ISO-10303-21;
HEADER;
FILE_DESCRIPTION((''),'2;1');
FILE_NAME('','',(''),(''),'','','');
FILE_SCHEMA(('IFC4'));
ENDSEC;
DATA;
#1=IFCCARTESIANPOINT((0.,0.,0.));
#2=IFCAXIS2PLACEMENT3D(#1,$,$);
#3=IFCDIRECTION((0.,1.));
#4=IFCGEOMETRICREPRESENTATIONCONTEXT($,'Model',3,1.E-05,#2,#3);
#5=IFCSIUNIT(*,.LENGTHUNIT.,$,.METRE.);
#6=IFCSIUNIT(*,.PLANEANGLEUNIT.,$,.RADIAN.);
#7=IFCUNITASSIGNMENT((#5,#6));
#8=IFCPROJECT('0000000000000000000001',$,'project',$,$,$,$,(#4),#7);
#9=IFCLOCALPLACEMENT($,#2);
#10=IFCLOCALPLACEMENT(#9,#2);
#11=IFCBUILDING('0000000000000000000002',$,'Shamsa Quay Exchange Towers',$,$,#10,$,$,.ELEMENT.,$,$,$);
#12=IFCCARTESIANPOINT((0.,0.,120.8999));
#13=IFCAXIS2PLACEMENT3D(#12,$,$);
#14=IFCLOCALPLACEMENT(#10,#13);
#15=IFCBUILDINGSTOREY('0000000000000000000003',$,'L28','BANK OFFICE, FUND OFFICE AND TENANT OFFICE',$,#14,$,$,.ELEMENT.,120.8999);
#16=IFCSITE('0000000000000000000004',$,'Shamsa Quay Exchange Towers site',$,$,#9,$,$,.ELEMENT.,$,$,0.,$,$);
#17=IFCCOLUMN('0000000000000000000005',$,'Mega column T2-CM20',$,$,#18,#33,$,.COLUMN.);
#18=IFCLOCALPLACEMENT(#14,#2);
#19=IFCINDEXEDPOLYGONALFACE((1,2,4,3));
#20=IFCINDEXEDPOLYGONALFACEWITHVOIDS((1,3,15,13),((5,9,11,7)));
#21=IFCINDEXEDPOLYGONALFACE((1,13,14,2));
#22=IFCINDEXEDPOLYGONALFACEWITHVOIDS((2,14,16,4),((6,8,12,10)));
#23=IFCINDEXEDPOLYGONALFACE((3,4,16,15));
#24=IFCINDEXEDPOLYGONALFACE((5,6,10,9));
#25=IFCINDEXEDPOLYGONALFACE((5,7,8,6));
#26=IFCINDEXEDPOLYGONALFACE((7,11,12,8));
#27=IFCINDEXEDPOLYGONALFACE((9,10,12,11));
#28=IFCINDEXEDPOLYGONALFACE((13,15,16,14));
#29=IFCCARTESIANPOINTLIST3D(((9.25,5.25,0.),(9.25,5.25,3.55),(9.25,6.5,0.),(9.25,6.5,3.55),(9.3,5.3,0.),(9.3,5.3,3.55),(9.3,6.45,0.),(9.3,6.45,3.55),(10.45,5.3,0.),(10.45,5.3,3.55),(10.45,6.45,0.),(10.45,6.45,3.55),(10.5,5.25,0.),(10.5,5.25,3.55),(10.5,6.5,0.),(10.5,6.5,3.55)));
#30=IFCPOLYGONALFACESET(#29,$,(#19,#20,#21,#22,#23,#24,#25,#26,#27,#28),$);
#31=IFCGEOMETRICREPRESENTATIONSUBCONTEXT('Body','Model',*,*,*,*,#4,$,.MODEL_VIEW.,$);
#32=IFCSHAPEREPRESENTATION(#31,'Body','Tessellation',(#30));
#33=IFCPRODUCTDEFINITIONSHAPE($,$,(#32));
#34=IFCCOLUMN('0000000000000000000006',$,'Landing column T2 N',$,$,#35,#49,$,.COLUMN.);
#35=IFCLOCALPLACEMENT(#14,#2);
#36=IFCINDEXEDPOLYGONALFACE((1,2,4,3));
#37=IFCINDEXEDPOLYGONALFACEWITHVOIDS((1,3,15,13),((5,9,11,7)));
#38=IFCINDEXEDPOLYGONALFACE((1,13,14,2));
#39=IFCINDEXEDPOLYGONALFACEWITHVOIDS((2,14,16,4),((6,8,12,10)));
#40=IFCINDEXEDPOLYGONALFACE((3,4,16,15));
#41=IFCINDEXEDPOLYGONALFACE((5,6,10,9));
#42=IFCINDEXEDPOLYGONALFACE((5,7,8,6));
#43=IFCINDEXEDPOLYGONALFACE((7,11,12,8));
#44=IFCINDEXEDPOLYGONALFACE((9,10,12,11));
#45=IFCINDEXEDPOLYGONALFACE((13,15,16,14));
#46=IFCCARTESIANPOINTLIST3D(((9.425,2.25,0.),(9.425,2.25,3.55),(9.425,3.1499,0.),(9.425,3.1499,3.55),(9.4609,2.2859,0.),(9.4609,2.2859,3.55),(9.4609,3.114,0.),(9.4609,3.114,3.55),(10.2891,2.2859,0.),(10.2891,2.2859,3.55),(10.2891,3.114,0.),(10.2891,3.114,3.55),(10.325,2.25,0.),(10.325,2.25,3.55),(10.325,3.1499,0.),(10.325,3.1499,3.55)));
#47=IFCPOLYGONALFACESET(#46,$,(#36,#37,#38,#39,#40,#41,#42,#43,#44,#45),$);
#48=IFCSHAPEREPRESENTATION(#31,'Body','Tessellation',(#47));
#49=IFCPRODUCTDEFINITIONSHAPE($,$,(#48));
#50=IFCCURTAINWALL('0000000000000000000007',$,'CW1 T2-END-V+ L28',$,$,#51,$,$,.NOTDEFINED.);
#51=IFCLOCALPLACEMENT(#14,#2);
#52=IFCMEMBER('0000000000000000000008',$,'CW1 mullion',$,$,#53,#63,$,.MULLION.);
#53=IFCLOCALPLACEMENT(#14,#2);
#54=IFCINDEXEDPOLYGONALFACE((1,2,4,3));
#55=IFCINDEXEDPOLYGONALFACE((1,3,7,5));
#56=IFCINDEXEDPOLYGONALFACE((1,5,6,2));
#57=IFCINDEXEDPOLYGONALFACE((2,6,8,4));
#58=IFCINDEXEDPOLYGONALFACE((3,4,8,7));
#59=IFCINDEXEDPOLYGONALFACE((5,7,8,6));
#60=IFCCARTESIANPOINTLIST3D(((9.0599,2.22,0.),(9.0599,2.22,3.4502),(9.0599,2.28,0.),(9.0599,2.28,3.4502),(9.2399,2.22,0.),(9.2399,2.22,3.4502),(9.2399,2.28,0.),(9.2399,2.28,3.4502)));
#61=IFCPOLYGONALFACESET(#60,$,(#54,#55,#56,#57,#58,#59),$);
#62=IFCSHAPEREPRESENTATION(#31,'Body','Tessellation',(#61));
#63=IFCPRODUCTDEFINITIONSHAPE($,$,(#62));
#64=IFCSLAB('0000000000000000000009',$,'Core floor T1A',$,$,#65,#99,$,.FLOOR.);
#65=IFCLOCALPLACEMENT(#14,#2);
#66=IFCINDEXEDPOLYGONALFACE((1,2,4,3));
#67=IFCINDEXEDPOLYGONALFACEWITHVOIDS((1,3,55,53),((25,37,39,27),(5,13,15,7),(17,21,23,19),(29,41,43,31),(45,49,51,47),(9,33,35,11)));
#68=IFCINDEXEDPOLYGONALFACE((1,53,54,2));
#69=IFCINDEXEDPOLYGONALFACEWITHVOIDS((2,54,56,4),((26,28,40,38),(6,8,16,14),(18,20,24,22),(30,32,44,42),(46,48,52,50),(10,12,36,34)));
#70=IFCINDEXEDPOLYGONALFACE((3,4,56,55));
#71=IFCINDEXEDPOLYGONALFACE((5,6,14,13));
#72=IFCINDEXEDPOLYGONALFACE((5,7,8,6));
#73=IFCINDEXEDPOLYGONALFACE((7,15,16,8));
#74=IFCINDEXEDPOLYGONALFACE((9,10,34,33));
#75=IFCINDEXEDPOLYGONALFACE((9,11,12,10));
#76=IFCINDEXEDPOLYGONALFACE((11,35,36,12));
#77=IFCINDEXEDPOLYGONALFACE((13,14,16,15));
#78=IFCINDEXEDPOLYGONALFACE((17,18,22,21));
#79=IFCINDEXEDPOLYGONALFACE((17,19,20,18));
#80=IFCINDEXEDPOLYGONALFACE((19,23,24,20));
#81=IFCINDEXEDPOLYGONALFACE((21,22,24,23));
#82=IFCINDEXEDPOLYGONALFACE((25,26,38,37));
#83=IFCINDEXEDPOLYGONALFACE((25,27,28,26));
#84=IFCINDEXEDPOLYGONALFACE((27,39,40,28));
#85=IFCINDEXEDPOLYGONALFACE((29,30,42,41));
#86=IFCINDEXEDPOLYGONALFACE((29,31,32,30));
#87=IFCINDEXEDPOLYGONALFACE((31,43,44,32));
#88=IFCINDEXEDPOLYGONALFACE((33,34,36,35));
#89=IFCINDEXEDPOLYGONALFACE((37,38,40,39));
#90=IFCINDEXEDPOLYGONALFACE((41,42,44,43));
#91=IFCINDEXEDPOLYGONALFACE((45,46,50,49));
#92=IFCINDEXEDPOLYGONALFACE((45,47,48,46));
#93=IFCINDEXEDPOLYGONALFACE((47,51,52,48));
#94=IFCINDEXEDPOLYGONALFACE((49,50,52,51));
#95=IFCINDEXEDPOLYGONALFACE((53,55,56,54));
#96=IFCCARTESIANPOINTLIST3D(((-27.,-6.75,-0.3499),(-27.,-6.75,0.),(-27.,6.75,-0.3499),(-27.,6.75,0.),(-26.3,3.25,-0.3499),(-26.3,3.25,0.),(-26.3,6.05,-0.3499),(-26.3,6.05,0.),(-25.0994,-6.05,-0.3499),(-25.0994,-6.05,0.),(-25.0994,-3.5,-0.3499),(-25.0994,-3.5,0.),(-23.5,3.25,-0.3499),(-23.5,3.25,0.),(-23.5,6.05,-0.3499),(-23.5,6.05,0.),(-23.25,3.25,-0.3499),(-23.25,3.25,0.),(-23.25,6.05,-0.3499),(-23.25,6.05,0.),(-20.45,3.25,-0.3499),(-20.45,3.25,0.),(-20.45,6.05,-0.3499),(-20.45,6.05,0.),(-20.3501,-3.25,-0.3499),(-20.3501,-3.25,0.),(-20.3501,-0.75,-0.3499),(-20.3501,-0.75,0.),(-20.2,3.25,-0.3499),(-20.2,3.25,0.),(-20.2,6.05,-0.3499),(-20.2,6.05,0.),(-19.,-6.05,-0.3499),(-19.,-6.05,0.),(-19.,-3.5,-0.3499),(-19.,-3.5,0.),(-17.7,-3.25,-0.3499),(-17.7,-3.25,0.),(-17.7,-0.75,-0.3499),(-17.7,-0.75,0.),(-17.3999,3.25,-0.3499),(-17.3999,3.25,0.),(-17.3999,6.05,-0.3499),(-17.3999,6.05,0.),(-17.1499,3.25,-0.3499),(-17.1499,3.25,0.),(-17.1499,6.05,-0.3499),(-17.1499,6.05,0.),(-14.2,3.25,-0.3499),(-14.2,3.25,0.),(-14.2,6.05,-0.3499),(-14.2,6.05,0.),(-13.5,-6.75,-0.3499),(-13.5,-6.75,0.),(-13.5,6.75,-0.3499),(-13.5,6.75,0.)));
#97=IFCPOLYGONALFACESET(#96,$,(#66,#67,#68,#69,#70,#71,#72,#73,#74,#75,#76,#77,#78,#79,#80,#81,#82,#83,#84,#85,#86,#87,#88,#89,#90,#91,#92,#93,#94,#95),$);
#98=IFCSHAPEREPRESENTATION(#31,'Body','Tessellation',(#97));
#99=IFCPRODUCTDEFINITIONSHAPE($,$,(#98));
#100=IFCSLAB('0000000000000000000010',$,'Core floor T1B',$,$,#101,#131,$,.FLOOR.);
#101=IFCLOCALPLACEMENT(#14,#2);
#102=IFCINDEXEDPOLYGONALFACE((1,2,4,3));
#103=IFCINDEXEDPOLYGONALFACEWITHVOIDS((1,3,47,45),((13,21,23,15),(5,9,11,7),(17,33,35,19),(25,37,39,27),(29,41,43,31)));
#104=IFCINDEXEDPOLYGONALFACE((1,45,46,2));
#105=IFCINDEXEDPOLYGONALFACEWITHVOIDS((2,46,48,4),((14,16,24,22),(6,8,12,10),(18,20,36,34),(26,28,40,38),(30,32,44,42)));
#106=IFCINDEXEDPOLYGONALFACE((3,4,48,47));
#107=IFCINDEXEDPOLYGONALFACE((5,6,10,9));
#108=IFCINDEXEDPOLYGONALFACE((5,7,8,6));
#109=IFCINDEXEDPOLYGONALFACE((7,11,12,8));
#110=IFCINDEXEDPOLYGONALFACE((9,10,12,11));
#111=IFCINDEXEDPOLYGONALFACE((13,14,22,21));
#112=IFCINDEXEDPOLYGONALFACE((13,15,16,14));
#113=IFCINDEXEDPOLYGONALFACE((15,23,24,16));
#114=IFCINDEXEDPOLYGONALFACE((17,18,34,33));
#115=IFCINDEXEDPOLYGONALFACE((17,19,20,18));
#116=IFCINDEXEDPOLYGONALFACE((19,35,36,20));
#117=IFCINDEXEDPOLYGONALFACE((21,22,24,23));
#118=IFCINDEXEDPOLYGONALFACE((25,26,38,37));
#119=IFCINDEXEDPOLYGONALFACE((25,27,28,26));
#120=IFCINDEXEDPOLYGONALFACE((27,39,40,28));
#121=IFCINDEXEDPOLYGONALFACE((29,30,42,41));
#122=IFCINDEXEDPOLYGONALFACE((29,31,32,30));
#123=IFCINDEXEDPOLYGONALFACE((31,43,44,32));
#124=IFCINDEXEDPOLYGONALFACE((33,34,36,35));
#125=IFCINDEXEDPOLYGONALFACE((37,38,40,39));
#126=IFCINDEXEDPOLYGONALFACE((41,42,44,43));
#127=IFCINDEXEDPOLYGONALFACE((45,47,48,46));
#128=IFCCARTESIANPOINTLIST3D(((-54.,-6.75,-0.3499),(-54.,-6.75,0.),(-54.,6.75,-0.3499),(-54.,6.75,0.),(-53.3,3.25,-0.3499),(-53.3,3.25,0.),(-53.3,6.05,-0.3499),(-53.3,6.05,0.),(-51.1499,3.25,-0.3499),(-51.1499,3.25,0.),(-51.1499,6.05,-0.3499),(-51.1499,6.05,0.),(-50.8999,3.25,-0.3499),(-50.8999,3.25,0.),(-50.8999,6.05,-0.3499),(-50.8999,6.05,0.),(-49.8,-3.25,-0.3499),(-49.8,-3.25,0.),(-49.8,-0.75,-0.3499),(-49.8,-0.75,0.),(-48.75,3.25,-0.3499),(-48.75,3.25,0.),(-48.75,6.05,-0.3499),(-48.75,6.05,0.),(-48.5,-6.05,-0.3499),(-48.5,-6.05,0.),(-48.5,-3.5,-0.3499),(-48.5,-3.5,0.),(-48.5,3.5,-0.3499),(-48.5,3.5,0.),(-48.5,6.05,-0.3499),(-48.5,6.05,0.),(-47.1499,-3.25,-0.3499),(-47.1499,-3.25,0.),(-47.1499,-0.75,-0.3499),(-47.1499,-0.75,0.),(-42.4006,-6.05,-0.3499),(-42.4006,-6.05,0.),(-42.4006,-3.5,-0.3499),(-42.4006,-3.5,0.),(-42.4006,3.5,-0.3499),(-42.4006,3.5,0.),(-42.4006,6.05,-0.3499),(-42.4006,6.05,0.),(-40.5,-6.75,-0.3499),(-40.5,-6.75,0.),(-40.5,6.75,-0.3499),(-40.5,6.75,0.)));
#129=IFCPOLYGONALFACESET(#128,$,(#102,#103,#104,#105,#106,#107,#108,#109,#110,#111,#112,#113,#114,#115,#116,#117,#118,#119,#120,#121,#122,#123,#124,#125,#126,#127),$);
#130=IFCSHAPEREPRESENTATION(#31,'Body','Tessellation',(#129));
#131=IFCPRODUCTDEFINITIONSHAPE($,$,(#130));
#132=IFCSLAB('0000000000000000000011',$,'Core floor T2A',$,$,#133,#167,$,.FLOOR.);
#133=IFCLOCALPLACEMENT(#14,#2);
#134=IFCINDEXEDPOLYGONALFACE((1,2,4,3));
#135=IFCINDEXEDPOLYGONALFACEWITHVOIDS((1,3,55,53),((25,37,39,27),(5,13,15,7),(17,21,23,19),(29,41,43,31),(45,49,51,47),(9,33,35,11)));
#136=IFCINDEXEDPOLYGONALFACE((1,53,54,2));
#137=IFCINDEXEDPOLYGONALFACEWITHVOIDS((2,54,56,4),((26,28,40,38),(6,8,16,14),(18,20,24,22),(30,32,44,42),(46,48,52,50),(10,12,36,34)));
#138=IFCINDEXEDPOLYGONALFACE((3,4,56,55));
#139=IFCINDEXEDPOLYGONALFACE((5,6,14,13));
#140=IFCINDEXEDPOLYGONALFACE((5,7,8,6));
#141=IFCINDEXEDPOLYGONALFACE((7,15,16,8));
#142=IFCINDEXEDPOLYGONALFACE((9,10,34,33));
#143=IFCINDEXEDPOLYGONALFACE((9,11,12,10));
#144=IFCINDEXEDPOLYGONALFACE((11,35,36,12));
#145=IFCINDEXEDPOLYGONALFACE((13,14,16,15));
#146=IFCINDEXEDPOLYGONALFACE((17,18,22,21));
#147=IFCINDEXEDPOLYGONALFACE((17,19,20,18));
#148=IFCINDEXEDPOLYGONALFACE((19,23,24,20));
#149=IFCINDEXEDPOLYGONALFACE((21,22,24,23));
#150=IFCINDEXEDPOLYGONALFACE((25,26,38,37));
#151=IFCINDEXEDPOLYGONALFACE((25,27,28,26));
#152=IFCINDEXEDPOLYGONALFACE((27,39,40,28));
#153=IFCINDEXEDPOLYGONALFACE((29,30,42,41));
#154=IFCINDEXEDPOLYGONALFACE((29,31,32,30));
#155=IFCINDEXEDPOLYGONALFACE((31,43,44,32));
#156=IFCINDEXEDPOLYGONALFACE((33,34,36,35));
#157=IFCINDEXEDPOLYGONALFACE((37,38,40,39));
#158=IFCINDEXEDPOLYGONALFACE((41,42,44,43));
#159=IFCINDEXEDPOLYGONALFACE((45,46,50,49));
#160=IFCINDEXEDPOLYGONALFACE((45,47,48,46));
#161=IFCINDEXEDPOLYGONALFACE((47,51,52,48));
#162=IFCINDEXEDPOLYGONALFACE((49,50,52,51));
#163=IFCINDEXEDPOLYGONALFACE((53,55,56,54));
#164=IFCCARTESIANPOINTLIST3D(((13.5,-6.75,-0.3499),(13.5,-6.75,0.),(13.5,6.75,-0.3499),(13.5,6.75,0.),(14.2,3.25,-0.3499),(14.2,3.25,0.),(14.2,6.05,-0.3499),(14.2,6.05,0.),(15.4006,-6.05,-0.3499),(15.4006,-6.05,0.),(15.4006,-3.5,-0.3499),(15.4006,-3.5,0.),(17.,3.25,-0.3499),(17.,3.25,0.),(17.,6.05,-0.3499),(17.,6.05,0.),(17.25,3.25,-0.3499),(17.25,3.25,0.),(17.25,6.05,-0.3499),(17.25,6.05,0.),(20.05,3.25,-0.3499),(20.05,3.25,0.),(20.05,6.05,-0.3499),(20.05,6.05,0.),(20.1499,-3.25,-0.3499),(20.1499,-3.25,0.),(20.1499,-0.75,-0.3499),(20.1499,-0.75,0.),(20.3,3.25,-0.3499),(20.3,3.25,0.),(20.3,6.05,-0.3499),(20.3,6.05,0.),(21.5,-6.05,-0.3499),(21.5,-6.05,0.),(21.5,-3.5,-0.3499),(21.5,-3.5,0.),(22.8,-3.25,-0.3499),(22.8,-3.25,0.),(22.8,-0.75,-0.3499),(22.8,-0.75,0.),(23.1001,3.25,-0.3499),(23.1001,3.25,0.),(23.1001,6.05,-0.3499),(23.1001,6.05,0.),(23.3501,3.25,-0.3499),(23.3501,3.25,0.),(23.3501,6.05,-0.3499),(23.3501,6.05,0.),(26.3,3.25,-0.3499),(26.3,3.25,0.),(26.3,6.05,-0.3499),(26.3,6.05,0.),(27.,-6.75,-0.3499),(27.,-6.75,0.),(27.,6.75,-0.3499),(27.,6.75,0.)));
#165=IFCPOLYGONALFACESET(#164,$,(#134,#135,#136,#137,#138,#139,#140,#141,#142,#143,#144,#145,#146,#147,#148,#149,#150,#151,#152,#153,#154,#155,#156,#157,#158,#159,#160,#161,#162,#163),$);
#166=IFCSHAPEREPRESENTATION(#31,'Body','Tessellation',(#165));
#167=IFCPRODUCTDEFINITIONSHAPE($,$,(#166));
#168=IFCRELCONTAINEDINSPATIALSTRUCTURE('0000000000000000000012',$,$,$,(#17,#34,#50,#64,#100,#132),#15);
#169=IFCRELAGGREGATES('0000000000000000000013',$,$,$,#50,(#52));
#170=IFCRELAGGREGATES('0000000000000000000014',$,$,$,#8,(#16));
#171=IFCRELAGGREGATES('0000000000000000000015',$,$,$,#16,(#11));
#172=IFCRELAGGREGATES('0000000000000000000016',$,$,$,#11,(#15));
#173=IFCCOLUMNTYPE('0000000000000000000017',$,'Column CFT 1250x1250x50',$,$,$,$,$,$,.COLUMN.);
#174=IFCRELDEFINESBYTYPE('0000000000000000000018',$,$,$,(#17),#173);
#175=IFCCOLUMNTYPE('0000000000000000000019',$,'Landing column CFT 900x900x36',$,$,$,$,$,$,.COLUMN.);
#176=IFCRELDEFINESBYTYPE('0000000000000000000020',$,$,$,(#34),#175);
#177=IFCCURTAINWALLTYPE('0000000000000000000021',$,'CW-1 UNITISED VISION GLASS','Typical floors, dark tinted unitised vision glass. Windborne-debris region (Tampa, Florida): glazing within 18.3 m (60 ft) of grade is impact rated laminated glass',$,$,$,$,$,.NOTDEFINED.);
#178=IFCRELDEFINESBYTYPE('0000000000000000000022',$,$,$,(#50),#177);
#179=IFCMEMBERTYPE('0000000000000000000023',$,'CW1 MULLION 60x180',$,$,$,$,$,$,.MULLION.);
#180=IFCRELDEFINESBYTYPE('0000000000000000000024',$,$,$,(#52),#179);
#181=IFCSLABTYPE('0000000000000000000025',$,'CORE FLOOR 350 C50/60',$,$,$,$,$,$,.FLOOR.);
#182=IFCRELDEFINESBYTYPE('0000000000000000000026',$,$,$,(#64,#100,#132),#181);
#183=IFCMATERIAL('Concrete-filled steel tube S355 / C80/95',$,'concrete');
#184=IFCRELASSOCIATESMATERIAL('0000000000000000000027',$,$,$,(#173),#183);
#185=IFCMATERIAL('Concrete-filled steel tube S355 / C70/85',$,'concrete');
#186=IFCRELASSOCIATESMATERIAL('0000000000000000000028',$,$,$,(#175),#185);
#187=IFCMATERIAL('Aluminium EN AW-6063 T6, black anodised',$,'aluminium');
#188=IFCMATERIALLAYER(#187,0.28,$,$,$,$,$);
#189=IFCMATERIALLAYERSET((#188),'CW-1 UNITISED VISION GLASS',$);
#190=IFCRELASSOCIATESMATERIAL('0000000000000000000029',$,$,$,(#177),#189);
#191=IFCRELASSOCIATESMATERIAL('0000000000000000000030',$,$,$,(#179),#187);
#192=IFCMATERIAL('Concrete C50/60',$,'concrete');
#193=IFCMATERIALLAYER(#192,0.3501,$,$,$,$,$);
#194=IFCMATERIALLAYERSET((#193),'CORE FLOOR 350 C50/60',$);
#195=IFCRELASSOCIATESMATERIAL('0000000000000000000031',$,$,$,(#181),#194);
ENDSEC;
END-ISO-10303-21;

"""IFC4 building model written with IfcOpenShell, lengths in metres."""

from ifc_helpers import new_model, si_unit, direction, frame, origin, origin_2d, place, context, subcontext, project, spatial, polyline, rectangle, hollow_rectangle, outline, extrude, material, layer, layer_set, material_profile, profile_set, type_object, element, aggregate, save


model = new_model("IFC4")

# Units and contexts
model_context = context("Model", 3, precision=1e-05, world=origin(), true_north=direction((0.0, 1.0)))
body_context = subcontext(model_context, "Body", "Model", "MODEL_VIEW")
ifc_project = project(units=[si_unit("LENGTHUNIT", "METRE"), si_unit("PLANEANGLEUNIT", "RADIAN")], contexts=[model_context])

# Site, building, storey
site_placement = place(None, origin())
site = spatial("IfcSite", under=ifc_project, at=site_placement, Name="Shamsa Quay Exchange Towers site", CompositionType="ELEMENT", RefElevation=0.0)
building_placement = place(site_placement, origin())
building = spatial("IfcBuilding", under=site, at=building_placement, Name="Shamsa Quay Exchange Towers", CompositionType="ELEMENT")
storey_placement = place(building_placement, frame((0.0, 0.0, 120.8999)))
storey = spatial("IfcBuildingStorey", under=building, at=storey_placement, Name="L28", Description="BANK OFFICE, FUND OFFICE AND TENANT OFFICE", CompositionType="ELEMENT", Elevation=120.8999)

# Columns
ifc_material_1 = material(Name="Concrete-filled steel tube S355 / C80/95", Category="concrete")
ifc_material_profile_1 = material_profile(ifc_material_1, hollow_rectangle(XDim=1.25, YDim=1.25, WallThickness=0.05, at=origin_2d()), Name="CFT 1250x1250x50")
ifc_profile_set_1 = profile_set([ifc_material_profile_1], Name="Concrete-filled steel tube S355 / C80/95")
column_type_1 = type_object("IfcColumnType", Name="Column CFT 1250x1250x50", PredefinedType="COLUMN", material=ifc_profile_set_1)
column_1_placement = place(storey_placement, frame((9.875, 5.875, 0.0)))
element("IfcColumn", 1, at=column_1_placement, inside=storey, type_object=column_type_1, Name="Mega column T2-CM20", PredefinedType="COLUMN", context=body_context, shape_type="SweptSolid", body=[
    extrude(hollow_rectangle(XDim=1.25, YDim=1.25, WallThickness=0.05, at=origin_2d()), origin(), (0.0, 0.0, 1.0), 3.55),
])
ifc_material_2 = material(Name="Concrete-filled steel tube S355 / C70/85", Category="concrete")
ifc_material_profile_2 = material_profile(ifc_material_2, hollow_rectangle(XDim=0.8999, YDim=0.8999, WallThickness=0.0359, at=origin_2d()), Name="CFT 900x900x36")
ifc_profile_set_2 = profile_set([ifc_material_profile_2], Name="Concrete-filled steel tube S355 / C70/85")
column_type_2 = type_object("IfcColumnType", Name="Landing column CFT 900x900x36", PredefinedType="COLUMN", material=ifc_profile_set_2)
column_2_placement = place(storey_placement, frame((9.875, 2.7, 0.0)))
element("IfcColumn", 2, at=column_2_placement, inside=storey, type_object=column_type_2, Name="Landing column T2 N", PredefinedType="COLUMN", context=body_context, shape_type="SweptSolid", body=[
    extrude(hollow_rectangle(XDim=0.8999, YDim=0.8999, WallThickness=0.0359, at=origin_2d()), origin(), (0.0, 0.0, 1.0), 3.55),
])

# Curtain wall, member
ifc_material_3 = material(Name="Aluminium EN AW-6063 T6, black anodised", Category="aluminium")
ifc_layer_1 = layer(ifc_material_3, 0.28)
ifc_layer_set_1 = layer_set([ifc_layer_1], Name="CW-1 UNITISED VISION GLASS")
curtain_wall_type_1 = type_object("IfcCurtainWallType", Name="CW-1 UNITISED VISION GLASS", Description="Typical floors, dark tinted unitised vision glass. Windborne-debris region (Tampa, Florida): glazing within 18.3 m (60 ft) of grade is impact rated laminated glass", PredefinedType="NOTDEFINED", material=ifc_layer_set_1)
curtain_wall_1_placement = place(storey_placement, origin())
curtain_wall_1 = element("IfcCurtainWall", 3, at=curtain_wall_1_placement, inside=storey, type_object=curtain_wall_type_1, Name="CW1 T2-END-V+ L28", PredefinedType="NOTDEFINED")
ifc_material_profile_3 = material_profile(ifc_material_3, rectangle(XDim=0.1799, YDim=0.0601, at=origin_2d()), Name="MU60x180")
ifc_profile_set_3 = profile_set([ifc_material_profile_3], Name="Aluminium EN AW-6063 T6, black anodised")
member_type = type_object("IfcMemberType", Name="CW1 MULLION 60x180", PredefinedType="MULLION", material=ifc_profile_set_3)
member_placement = place(storey_placement, frame((9.1499, 2.25, 0.0)))
member = element("IfcMember", 4, at=member_placement, type_object=member_type, Name="CW1 mullion", PredefinedType="MULLION", context=body_context, shape_type="SweptSolid", body=[
    extrude(rectangle(XDim=0.1799, YDim=0.0601, at=origin_2d()), origin(), (0.0, 0.0, 1.0), 3.4502),
])

# Slabs
ifc_material_4 = material(Name="Concrete C50/60", Category="concrete")
ifc_layer_2 = layer(ifc_material_4, 0.3501)
ifc_layer_set_2 = layer_set([ifc_layer_2], Name="CORE FLOOR 350 C50/60")
slab_type_1 = type_object("IfcSlabType", Name="CORE FLOOR 350 C50/60", PredefinedType="FLOOR", material=ifc_layer_set_2)
slab_1_placement = place(storey_placement, frame((0.0, 0.0, -0.3499)))
element("IfcSlab", 5, at=slab_1_placement, inside=storey, type_object=slab_type_1, Name="Core floor T1A", PredefinedType="FLOOR", context=body_context, shape_type="SweptSolid", body=[
    extrude(outline(polyline([(-27.0, -6.75), (-13.5, -6.75), (-13.5, 6.75), (-27.0, 6.75), (-27.0, -6.75)]), holes=[polyline([(-25.0994, -6.05), (-25.0994, -3.5), (-19.0, -3.5), (-19.0, -6.05), (-25.0994, -6.05)]), polyline([(-26.3, 3.25), (-26.3, 6.05), (-23.5, 6.05), (-23.5, 3.25), (-26.3, 3.25)]), polyline([(-23.25, 3.25), (-23.25, 6.05), (-20.45, 6.05), (-20.45, 3.25), (-23.25, 3.25)]), polyline([(-20.2, 3.25), (-20.2, 6.05), (-17.3999, 6.05), (-17.3999, 3.25), (-20.2, 3.25)]), polyline([(-17.1499, 3.25), (-17.1499, 6.05), (-14.2, 6.05), (-14.2, 3.25), (-17.1499, 3.25)]), polyline([(-20.3501, -3.25), (-20.3501, -0.75), (-17.7, -0.75), (-17.7, -3.25), (-20.3501, -3.25)])]), origin(), (0.0, 0.0, 1.0), 0.3499),
])
slab_2_placement = place(storey_placement, frame((0.0, 0.0, -0.3499)))
element("IfcSlab", 6, at=slab_2_placement, inside=storey, type_object=slab_type_1, Name="Core floor T1B", PredefinedType="FLOOR", context=body_context, shape_type="SweptSolid", body=[
    extrude(outline(polyline([(-40.5, -6.75), (-40.5, 6.75), (-54.0, 6.75), (-54.0, -6.75), (-40.5, -6.75)]), holes=[polyline([(-42.4006, -3.5), (-42.4006, -6.05), (-48.5, -6.05), (-48.5, -3.5), (-42.4006, -3.5)]), polyline([(-42.4006, 6.05), (-42.4006, 3.5), (-48.5, 3.5), (-48.5, 6.05), (-42.4006, 6.05)]), polyline([(-48.75, 3.25), (-50.8999, 3.25), (-50.8999, 6.05), (-48.75, 6.05), (-48.75, 3.25)]), polyline([(-51.1499, 3.25), (-53.3, 3.25), (-53.3, 6.05), (-51.1499, 6.05), (-51.1499, 3.25)]), polyline([(-47.1499, -3.25), (-49.8, -3.25), (-49.8, -0.75), (-47.1499, -0.75), (-47.1499, -3.25)])]), origin(), (0.0, 0.0, 1.0), 0.3499),
])
slab_3_placement = place(storey_placement, frame((0.0, 0.0, -0.3499)))
element("IfcSlab", 7, at=slab_3_placement, inside=storey, type_object=slab_type_1, Name="Core floor T2A", PredefinedType="FLOOR", context=body_context, shape_type="SweptSolid", body=[
    extrude(outline(polyline([(13.5, -6.75), (27.0, -6.75), (27.0, 6.75), (13.5, 6.75), (13.5, -6.75)]), holes=[polyline([(15.4006, -6.05), (15.4006, -3.5), (21.5, -3.5), (21.5, -6.05), (15.4006, -6.05)]), polyline([(14.2, 3.25), (14.2, 6.05), (17.0, 6.05), (17.0, 3.25), (14.2, 3.25)]), polyline([(17.25, 3.25), (17.25, 6.05), (20.05, 6.05), (20.05, 3.25), (17.25, 3.25)]), polyline([(20.3, 3.25), (20.3, 6.05), (23.1001, 6.05), (23.1001, 3.25), (20.3, 3.25)]), polyline([(23.3501, 3.25), (23.3501, 6.05), (26.3, 6.05), (26.3, 3.25), (23.3501, 3.25)]), polyline([(20.1499, -3.25), (20.1499, -0.75), (22.8, -0.75), (22.8, -3.25), (20.1499, -3.25)])]), origin(), (0.0, 0.0, 1.0), 0.3499),
])

aggregate(curtain_wall_1, [member])

save(model, "model.ifc")
